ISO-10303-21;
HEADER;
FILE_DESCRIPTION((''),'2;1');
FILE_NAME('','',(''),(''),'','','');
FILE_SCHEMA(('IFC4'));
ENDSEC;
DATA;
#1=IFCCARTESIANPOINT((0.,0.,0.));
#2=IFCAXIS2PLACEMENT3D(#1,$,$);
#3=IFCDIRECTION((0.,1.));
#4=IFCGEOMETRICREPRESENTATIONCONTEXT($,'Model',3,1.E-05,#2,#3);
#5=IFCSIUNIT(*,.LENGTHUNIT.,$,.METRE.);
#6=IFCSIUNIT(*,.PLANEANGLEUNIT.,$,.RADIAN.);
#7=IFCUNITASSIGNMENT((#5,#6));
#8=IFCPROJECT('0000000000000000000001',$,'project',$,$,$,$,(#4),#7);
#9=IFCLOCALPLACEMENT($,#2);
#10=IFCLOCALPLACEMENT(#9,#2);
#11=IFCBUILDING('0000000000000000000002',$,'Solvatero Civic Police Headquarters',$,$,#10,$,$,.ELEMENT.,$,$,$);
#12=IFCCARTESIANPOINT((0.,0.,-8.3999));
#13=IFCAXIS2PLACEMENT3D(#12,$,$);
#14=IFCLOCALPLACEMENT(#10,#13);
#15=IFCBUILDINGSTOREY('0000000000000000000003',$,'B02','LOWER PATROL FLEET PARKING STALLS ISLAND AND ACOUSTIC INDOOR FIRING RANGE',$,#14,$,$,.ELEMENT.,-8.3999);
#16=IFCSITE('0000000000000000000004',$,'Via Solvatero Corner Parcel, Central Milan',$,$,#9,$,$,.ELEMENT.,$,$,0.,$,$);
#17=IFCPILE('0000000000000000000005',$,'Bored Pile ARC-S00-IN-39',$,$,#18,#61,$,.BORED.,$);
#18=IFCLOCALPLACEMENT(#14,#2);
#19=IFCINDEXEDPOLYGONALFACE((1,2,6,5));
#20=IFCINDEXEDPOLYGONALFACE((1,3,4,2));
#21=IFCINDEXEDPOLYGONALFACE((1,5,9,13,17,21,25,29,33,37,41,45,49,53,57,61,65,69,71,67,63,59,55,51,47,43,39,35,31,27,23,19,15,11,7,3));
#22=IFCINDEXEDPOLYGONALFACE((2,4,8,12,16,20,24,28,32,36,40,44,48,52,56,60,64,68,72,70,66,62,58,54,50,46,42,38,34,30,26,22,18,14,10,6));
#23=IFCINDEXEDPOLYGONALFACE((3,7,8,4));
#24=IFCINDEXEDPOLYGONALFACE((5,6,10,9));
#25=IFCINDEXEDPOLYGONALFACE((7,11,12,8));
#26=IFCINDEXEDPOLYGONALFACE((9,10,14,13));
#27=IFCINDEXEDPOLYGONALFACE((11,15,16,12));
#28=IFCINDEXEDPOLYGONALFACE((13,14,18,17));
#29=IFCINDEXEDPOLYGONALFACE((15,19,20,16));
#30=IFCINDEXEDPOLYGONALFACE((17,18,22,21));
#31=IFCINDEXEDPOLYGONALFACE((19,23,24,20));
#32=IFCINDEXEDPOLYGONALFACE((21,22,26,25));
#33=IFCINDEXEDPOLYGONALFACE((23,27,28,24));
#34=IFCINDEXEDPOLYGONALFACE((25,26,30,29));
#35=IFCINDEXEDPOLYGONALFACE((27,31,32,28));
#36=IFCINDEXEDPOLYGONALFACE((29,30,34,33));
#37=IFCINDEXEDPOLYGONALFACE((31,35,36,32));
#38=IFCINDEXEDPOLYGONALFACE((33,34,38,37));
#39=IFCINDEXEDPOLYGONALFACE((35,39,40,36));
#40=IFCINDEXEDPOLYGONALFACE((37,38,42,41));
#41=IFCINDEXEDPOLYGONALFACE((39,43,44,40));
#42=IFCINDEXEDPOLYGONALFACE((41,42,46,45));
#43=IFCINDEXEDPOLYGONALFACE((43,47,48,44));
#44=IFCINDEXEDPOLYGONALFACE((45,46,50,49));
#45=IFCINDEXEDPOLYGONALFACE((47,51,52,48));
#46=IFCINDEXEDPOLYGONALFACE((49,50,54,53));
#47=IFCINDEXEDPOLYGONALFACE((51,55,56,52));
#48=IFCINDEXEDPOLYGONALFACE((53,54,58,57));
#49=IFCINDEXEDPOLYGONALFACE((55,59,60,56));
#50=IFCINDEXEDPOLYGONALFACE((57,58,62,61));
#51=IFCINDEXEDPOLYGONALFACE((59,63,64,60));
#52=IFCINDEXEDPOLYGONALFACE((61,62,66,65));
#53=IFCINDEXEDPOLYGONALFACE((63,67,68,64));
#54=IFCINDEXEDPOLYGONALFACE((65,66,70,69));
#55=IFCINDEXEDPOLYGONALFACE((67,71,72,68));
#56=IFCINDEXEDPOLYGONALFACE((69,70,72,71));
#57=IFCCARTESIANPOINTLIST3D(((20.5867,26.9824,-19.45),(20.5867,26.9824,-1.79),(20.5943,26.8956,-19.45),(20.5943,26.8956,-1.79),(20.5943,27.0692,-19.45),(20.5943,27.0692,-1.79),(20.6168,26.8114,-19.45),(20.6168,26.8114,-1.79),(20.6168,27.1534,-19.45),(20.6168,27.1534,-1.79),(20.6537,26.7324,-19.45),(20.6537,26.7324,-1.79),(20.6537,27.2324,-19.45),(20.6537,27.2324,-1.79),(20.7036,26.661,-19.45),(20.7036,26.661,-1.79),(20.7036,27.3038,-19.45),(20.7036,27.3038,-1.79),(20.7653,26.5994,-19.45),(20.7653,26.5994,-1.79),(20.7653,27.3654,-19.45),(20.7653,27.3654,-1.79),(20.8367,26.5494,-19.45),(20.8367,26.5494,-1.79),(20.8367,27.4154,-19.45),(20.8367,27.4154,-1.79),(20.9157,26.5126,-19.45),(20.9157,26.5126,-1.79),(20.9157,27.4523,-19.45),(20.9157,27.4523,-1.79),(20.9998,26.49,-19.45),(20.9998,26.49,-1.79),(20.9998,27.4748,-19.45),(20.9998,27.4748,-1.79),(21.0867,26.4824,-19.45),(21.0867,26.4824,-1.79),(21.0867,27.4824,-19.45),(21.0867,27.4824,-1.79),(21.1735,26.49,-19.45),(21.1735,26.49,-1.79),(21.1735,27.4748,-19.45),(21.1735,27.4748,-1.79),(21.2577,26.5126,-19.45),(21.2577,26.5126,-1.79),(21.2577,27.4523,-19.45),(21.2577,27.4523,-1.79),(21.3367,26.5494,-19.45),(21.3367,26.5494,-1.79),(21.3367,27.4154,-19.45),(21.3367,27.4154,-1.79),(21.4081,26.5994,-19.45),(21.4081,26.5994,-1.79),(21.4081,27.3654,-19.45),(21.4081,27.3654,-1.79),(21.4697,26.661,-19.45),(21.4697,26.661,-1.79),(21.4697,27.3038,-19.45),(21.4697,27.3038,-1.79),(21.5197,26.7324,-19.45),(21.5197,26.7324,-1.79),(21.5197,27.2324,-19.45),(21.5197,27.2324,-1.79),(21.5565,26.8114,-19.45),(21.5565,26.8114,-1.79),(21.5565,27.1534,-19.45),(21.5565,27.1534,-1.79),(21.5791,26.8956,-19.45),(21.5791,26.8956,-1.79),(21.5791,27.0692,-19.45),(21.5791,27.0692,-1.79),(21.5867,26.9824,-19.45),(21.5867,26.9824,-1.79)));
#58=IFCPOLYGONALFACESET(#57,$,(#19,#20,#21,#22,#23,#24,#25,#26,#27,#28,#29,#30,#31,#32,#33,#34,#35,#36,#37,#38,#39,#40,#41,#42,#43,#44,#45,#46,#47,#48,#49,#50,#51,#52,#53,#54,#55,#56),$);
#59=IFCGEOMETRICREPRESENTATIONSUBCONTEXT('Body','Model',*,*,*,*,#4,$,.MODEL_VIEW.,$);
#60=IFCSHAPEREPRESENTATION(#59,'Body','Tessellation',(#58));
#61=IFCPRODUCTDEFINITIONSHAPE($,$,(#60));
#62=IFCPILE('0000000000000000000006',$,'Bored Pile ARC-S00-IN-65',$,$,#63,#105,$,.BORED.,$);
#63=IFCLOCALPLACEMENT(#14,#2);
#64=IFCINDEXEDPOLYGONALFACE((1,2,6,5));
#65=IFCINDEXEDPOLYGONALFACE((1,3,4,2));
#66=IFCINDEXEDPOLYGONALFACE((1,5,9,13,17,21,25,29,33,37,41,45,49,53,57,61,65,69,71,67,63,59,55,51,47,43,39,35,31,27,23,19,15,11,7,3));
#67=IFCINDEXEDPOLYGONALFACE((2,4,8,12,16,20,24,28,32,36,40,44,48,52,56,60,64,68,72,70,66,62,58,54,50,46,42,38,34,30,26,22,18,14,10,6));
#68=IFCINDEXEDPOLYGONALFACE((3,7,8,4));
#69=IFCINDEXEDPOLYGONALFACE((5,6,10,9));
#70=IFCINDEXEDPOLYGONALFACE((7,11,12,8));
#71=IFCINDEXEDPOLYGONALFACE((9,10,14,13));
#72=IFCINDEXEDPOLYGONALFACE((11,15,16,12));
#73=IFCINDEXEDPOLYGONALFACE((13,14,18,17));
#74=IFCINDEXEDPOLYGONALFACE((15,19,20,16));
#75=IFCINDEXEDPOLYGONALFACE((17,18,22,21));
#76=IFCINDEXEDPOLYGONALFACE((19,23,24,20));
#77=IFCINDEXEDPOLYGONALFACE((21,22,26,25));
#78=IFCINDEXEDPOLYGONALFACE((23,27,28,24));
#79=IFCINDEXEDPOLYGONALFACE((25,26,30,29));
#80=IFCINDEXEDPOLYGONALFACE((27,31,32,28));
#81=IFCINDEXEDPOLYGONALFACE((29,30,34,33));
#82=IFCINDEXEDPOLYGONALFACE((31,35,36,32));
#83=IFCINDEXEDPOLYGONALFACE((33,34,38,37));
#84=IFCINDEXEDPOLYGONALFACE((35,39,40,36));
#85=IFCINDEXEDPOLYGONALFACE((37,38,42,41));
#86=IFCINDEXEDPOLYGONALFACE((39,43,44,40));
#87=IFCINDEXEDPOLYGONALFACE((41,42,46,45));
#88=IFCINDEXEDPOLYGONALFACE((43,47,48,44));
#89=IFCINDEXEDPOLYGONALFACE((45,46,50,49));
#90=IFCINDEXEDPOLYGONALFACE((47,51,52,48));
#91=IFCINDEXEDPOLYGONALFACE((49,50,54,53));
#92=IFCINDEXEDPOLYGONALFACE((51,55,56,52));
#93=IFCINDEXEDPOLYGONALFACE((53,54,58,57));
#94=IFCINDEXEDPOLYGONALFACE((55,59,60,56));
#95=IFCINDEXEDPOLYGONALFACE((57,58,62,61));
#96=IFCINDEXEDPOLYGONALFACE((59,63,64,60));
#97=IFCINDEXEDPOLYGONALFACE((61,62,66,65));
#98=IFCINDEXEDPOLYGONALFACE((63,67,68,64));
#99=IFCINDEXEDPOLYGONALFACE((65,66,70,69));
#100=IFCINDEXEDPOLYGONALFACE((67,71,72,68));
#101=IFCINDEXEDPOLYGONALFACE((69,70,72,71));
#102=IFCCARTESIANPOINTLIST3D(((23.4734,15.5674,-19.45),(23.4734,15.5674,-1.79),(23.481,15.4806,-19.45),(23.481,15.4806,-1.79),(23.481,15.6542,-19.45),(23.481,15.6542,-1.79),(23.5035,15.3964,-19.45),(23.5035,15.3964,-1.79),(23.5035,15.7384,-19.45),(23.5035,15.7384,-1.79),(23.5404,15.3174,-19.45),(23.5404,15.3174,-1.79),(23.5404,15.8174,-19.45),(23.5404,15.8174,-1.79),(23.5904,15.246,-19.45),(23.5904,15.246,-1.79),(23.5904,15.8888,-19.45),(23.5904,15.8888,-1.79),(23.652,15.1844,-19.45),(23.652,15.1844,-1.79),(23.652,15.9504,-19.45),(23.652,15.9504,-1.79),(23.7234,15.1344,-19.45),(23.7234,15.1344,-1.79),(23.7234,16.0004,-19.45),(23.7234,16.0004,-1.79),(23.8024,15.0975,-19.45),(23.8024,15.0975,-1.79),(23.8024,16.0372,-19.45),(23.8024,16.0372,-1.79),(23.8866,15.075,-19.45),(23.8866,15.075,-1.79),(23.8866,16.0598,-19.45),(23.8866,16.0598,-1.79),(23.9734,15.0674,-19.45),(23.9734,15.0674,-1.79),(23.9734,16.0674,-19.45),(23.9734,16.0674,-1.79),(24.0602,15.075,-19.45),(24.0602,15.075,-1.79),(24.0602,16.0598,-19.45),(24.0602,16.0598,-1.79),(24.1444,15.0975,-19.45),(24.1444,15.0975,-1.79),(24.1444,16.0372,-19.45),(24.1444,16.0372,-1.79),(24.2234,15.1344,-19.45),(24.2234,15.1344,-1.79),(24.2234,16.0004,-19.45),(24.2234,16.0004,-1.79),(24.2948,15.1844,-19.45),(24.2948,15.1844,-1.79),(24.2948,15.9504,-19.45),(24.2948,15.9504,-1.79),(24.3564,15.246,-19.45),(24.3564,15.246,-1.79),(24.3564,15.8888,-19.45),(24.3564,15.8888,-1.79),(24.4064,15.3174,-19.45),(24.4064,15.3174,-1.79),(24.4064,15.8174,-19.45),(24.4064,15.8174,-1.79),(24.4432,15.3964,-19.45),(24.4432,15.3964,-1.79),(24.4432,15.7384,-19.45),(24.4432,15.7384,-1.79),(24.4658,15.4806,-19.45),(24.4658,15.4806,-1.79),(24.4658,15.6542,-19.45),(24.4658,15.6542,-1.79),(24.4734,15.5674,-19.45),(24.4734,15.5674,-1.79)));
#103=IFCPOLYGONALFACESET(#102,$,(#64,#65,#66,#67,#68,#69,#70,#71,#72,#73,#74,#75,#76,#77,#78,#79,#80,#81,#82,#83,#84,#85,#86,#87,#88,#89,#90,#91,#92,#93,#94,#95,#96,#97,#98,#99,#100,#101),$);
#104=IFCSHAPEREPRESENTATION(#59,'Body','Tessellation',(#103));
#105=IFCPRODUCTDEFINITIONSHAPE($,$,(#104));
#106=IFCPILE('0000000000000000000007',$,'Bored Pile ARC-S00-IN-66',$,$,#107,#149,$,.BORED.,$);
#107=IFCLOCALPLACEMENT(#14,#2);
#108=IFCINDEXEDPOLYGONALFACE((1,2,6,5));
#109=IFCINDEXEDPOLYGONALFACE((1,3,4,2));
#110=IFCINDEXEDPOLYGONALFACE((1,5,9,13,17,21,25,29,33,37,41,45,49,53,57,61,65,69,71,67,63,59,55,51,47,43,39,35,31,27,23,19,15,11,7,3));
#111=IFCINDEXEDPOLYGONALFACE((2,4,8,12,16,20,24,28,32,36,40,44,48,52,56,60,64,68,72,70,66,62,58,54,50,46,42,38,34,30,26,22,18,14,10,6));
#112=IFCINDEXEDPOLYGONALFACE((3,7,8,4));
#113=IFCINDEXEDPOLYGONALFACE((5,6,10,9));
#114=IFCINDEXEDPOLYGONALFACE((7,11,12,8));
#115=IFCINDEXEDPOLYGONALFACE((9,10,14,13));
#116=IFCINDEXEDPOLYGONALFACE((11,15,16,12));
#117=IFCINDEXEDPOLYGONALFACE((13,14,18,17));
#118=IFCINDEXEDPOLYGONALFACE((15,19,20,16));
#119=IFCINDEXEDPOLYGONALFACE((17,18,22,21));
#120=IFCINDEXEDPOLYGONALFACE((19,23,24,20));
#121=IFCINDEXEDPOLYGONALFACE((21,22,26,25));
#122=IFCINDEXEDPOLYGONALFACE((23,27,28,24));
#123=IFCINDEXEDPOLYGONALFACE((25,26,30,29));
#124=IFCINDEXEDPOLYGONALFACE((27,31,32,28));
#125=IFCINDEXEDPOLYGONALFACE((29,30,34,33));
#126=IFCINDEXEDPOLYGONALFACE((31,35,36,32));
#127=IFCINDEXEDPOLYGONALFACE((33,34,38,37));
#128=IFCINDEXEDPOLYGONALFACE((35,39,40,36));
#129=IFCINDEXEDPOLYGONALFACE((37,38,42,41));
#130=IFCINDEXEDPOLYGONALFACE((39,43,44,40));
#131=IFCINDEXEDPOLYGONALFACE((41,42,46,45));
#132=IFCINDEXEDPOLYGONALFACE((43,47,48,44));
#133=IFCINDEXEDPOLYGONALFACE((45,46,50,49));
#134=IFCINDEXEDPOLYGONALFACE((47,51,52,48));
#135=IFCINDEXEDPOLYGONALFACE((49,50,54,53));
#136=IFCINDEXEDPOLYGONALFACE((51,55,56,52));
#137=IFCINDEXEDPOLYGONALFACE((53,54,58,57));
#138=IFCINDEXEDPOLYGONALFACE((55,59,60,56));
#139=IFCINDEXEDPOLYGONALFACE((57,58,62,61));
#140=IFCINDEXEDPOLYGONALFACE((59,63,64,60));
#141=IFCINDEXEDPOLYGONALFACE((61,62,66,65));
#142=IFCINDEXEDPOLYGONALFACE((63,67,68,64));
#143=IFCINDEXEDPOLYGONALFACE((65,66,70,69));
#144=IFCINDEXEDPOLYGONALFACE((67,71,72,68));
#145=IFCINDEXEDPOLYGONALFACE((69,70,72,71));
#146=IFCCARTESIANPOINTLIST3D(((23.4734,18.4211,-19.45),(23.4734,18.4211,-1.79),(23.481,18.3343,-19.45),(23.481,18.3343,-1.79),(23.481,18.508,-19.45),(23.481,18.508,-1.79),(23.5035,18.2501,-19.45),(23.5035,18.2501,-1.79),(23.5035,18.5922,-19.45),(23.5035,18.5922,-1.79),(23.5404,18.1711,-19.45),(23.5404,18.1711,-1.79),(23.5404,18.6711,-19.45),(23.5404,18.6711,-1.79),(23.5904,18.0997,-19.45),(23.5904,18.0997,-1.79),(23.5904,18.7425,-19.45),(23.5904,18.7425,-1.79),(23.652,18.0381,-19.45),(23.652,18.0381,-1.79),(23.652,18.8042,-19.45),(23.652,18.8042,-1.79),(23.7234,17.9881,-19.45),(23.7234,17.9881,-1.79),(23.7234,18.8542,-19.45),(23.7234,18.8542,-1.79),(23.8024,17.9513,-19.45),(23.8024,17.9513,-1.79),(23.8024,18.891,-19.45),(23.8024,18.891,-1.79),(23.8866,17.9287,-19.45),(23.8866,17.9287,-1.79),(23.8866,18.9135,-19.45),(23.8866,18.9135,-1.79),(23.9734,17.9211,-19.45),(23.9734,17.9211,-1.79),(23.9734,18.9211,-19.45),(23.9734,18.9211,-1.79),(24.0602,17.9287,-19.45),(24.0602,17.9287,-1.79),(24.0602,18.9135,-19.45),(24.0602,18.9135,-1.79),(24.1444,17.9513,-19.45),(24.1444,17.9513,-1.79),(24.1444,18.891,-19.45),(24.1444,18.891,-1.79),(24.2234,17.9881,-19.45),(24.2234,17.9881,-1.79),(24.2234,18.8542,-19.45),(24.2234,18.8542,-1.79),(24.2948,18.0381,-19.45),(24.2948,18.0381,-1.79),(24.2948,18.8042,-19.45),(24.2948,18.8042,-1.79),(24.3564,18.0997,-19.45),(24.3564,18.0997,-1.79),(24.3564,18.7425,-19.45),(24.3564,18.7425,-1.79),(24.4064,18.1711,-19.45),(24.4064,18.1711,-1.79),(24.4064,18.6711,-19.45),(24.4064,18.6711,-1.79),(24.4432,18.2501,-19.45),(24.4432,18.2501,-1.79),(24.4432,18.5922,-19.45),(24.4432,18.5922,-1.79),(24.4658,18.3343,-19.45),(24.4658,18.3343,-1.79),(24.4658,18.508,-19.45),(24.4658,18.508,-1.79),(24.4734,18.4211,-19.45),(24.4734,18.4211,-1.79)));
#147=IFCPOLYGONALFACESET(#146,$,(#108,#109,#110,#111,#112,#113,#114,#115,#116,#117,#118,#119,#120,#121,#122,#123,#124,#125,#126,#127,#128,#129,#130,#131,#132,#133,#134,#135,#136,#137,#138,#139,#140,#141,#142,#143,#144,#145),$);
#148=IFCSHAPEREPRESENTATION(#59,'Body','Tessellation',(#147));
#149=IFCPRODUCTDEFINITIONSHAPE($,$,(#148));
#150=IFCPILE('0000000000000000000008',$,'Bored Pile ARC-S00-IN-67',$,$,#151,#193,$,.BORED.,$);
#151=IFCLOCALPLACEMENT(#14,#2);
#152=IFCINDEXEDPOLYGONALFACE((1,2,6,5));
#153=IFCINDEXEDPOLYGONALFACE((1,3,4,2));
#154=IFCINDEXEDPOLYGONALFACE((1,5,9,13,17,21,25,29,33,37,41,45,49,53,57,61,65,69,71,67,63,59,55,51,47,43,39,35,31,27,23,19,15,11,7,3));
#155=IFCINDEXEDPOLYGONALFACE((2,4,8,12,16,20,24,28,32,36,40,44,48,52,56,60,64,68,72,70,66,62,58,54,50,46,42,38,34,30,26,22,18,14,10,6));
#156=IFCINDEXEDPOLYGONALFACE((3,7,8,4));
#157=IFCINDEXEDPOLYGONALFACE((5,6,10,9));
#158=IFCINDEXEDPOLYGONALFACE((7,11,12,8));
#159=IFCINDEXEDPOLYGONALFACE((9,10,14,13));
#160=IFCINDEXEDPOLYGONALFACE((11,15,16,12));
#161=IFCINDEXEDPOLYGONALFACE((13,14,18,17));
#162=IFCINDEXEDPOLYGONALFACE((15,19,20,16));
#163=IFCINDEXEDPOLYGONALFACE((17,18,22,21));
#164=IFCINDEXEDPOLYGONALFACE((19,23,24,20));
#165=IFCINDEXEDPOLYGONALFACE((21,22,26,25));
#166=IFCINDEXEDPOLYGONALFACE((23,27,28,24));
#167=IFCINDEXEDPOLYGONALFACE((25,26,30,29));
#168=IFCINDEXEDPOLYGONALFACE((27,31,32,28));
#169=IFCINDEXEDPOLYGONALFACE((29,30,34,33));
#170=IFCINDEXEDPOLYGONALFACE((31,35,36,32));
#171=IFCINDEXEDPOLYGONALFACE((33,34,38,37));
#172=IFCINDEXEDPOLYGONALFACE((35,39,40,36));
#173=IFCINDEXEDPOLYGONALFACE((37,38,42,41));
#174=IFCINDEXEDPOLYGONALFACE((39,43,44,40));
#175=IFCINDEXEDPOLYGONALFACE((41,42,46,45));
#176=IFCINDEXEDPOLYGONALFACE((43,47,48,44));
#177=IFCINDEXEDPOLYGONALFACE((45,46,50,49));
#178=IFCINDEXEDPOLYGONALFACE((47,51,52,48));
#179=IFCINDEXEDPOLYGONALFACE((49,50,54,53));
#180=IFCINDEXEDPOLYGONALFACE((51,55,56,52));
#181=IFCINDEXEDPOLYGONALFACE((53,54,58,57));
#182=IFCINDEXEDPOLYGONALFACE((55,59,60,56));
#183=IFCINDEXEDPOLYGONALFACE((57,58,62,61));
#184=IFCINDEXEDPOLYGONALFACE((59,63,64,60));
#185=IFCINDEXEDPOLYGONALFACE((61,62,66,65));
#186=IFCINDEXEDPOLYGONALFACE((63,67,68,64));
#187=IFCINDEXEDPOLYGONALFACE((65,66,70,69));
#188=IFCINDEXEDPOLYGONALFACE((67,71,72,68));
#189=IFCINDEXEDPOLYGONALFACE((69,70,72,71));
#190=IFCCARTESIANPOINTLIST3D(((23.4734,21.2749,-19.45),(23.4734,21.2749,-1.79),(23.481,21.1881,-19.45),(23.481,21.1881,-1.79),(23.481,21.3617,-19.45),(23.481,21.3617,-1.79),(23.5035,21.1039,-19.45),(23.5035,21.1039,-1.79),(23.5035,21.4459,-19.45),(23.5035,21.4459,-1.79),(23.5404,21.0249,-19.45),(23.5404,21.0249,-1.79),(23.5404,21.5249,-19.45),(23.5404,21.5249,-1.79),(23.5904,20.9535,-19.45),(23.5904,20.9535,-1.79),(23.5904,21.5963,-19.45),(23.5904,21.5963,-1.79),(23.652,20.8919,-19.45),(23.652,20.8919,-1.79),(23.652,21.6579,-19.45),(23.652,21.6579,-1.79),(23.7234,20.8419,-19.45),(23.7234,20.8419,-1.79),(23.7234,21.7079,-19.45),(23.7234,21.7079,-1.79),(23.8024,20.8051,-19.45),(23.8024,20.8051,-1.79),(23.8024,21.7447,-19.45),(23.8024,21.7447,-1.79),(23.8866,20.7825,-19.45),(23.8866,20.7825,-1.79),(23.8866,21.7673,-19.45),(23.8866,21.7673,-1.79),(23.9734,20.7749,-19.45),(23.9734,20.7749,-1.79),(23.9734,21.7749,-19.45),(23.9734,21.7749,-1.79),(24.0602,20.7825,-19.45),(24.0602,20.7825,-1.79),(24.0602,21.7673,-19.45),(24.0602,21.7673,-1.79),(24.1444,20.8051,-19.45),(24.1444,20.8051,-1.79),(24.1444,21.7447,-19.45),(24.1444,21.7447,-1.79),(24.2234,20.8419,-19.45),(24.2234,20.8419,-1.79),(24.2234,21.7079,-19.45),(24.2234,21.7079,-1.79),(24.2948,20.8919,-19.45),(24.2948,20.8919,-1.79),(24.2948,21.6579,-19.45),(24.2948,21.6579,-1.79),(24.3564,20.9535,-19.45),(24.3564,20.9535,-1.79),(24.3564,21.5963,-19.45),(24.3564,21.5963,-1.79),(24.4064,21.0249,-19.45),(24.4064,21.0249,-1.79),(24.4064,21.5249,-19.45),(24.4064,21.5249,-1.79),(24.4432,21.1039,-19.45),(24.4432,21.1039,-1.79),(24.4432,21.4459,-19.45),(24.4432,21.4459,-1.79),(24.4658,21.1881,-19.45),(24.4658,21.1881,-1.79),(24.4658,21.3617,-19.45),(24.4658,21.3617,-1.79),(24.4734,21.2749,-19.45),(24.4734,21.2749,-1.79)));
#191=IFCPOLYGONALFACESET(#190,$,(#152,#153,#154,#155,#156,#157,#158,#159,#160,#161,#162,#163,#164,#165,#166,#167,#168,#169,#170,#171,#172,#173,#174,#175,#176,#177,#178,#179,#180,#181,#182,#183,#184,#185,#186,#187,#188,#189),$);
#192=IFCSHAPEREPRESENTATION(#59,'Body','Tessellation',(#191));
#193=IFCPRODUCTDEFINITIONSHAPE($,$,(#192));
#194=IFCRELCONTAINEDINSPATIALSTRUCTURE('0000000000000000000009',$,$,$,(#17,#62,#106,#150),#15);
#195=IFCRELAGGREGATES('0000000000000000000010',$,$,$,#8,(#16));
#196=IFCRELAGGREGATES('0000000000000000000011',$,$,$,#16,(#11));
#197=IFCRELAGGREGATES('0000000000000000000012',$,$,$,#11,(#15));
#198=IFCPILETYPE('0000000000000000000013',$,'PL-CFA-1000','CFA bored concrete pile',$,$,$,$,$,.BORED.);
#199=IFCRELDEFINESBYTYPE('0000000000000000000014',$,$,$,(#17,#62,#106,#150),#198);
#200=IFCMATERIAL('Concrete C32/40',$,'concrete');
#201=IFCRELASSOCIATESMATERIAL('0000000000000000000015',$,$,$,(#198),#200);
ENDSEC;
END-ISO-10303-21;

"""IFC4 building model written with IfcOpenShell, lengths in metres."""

from ifc_helpers import new_model, si_unit, direction, frame, origin, origin_2d, place, context, subcontext, project, spatial, circle, extrude, material, material_profile, profile_set, type_object, element, save


model = new_model("IFC4")

# Units and contexts
model_context = context("Model", 3, precision=1e-05, world=origin(), true_north=direction((0.0, 1.0)))
body_context = subcontext(model_context, "Body", "Model", "MODEL_VIEW")
ifc_project = project(units=[si_unit("LENGTHUNIT", "METRE"), si_unit("PLANEANGLEUNIT", "RADIAN")], contexts=[model_context])

# Site, building, storey
site_placement = place(None, origin())
site = spatial("IfcSite", under=ifc_project, at=site_placement, Name="Via Solvatero Corner Parcel, Central Milan", CompositionType="ELEMENT", RefElevation=0.0)
building_placement = place(site_placement, origin())
building = spatial("IfcBuilding", under=site, at=building_placement, Name="Solvatero Civic Police Headquarters", CompositionType="ELEMENT")
storey_placement = place(building_placement, frame((0.0, 0.0, -8.3999)))
storey = spatial("IfcBuildingStorey", under=building, at=storey_placement, Name="B02", Description="LOWER PATROL FLEET PARKING STALLS ISLAND AND ACOUSTIC INDOOR FIRING RANGE", CompositionType="ELEMENT", Elevation=-8.3999)

# Piles
ifc_material_1 = material(Name="Concrete C32/40", Category="concrete")
ifc_material_profile_1 = material_profile(ifc_material_1, circle(Radius=0.5, at=origin_2d()), Name="CFA PILE D1000")
ifc_profile_set_1 = profile_set([ifc_material_profile_1], Name="Concrete C32/40")
pile_type_1 = type_object("IfcPileType", Name="PL-CFA-1000", Description="CFA bored concrete pile", PredefinedType="BORED", material=ifc_profile_set_1)
for number, where, z_axis, x_axis, name in (
    (1, (21.0867, 26.9824, -1.79), (0.0, 0.0, -1.0), (1.0, 0.0, 0.0), "Bored Pile ARC-S00-IN-39"),
    (2, (23.9734, 15.5674, -1.79), (0.0, 0.0, -1.0), (1.0, 0.0, 0.0), "Bored Pile ARC-S00-IN-65"),
    (3, (23.9734, 18.4211, -1.79), (0.0, 0.0, -1.0), (1.0, 0.0, 0.0), "Bored Pile ARC-S00-IN-66"),
    (4, (23.9734, 21.2749, -1.79), (0.0, 0.0, -1.0), (1.0, 0.0, 0.0), "Bored Pile ARC-S00-IN-67"),
):
    element("IfcPile", number, at=place(storey_placement, frame(where, z_axis=z_axis, x_axis=x_axis)), inside=storey, type_object=pile_type_1, Name=name, PredefinedType="BORED", context=body_context, shape_type="SweptSolid", body=[
        extrude(circle(Radius=0.5, at=origin_2d()), origin(), (0.0, 0.0, 1.0), 17.6599),
    ])

save(model, "model.ifc")
